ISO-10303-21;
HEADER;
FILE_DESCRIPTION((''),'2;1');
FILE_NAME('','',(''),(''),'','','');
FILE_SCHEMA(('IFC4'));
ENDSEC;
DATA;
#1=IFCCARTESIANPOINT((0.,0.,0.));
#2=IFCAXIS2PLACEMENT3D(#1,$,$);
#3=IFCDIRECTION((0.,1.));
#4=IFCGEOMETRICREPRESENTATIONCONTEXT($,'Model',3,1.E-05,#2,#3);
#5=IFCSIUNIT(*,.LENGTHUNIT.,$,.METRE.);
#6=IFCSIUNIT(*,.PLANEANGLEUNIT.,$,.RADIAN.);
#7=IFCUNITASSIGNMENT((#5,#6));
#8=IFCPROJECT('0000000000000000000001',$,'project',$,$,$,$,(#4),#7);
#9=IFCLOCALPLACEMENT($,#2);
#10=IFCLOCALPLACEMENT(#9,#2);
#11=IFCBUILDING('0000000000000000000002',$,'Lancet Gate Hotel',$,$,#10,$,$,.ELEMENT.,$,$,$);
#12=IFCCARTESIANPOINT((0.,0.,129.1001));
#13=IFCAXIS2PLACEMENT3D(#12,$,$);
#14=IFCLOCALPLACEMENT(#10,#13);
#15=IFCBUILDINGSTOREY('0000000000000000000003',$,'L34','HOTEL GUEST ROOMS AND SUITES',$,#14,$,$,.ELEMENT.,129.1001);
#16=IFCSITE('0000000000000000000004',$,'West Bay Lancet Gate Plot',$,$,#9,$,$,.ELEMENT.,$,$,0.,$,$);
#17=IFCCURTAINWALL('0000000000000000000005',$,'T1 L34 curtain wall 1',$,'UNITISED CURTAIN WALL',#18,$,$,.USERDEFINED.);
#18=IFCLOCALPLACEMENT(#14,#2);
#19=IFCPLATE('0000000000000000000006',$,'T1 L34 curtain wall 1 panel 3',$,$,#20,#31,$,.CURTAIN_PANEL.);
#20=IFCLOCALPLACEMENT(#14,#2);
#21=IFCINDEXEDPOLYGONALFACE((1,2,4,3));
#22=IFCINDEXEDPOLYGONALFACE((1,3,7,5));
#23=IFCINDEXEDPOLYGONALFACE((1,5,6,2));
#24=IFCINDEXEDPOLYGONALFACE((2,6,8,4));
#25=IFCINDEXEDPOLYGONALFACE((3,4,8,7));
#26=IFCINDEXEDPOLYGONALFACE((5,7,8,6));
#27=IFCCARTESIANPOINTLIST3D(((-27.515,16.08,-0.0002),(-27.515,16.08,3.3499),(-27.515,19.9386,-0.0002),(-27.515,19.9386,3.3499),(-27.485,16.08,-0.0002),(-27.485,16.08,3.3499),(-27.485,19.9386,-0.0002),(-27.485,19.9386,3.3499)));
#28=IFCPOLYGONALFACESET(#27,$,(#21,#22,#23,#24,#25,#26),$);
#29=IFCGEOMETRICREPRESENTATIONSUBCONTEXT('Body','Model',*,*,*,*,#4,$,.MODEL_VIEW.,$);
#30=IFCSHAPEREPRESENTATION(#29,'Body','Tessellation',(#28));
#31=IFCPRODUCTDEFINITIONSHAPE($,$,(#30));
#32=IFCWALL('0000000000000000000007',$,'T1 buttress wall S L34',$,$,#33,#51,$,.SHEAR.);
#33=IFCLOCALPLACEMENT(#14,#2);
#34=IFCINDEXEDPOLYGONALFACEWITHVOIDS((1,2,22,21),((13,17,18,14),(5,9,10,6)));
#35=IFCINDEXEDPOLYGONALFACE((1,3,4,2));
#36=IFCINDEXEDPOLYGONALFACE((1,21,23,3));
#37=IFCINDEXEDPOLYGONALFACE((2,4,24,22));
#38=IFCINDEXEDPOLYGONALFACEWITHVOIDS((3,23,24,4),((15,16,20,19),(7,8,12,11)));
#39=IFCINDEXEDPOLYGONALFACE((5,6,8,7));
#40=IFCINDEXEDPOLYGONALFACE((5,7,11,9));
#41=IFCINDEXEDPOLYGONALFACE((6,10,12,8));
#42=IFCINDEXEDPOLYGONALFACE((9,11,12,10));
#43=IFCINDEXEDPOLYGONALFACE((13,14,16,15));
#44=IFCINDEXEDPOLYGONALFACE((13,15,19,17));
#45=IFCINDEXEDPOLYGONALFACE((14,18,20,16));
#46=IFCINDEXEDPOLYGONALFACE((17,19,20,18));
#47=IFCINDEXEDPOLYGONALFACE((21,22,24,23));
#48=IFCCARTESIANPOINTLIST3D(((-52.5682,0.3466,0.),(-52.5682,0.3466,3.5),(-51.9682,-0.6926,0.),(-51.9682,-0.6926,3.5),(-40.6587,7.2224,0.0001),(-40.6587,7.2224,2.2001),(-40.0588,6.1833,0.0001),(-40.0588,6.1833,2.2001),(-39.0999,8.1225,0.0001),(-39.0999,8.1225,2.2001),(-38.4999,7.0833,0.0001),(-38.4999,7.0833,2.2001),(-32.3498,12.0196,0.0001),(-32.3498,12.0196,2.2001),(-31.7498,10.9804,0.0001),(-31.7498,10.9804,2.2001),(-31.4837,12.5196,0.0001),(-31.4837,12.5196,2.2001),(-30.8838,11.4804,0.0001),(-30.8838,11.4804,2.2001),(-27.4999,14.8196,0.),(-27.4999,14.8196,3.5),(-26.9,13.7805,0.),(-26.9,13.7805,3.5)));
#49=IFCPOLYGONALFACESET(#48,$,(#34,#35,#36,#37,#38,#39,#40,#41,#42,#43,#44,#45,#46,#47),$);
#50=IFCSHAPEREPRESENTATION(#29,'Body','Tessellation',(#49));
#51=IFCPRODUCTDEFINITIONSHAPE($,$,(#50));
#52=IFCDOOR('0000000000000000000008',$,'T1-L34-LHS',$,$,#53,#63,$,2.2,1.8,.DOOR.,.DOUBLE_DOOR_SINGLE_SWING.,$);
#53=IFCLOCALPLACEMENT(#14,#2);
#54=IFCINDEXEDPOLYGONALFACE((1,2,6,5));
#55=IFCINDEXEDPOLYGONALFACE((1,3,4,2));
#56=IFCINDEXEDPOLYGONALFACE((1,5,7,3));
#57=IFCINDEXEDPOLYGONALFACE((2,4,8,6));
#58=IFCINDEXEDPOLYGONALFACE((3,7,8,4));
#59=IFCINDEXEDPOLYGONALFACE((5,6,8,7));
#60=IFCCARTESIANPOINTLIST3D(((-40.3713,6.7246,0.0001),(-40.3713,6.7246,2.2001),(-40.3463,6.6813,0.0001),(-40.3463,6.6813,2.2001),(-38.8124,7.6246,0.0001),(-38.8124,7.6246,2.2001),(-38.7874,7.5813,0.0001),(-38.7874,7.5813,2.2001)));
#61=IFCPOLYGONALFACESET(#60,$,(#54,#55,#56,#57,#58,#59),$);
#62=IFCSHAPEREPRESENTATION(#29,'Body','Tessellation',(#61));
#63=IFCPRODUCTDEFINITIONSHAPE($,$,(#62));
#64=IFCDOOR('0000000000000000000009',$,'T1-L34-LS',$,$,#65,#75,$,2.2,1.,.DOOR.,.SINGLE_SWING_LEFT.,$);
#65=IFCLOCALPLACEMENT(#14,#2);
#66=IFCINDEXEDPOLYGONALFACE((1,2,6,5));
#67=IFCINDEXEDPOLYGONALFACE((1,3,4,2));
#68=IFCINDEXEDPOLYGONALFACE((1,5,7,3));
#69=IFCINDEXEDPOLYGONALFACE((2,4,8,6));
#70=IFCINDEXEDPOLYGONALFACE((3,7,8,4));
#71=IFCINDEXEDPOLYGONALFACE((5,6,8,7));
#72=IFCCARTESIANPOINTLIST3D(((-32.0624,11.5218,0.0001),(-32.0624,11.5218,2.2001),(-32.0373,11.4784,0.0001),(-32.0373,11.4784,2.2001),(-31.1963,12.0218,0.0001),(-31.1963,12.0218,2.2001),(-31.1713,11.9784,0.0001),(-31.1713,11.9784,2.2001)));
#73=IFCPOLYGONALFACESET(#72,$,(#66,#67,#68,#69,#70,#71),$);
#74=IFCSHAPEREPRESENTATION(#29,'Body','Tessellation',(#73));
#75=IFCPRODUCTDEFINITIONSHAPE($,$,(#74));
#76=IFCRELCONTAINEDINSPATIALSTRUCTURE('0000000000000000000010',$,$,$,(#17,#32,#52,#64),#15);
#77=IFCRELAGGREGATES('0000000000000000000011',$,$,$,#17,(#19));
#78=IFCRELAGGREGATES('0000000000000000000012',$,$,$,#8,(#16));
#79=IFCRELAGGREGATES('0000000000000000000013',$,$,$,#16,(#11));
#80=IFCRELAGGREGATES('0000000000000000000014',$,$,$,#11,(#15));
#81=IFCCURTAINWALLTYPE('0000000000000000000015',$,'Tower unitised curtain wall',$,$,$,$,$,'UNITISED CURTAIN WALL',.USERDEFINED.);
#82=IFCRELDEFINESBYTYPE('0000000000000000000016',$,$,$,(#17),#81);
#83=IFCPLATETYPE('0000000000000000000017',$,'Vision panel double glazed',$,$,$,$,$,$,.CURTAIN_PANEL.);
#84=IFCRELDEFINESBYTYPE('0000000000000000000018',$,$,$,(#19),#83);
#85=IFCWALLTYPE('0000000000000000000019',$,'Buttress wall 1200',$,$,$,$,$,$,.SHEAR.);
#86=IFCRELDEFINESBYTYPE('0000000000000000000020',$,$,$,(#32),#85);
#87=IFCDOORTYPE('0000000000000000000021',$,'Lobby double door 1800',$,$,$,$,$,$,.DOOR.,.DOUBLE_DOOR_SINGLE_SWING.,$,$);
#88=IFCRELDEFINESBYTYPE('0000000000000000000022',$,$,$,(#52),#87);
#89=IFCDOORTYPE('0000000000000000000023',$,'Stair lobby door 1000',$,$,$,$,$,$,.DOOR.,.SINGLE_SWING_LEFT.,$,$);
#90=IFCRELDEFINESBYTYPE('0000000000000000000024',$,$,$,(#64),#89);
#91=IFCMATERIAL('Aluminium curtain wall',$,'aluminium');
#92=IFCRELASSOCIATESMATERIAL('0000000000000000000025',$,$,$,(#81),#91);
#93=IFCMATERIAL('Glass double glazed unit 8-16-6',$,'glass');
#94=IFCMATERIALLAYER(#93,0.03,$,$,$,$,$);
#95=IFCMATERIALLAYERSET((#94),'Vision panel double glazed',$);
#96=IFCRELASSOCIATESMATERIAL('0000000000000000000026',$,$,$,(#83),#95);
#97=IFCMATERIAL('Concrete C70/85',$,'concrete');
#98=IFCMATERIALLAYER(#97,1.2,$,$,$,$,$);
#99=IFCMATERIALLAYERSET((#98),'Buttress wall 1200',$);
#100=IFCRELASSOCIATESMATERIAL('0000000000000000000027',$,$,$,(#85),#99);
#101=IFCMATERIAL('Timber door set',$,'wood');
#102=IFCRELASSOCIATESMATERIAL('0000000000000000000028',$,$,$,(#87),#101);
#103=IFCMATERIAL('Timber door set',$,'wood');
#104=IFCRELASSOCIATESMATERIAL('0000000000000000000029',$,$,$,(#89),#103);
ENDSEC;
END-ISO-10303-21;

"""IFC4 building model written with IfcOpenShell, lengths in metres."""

from ifc_helpers import new_model, si_unit, direction, frame, frame_2d, origin, origin_2d, place, context, subcontext, project, spatial, rectangle, extrude, material, layer, layer_set, type_object, element, fill, aggregate, save


model = new_model("IFC4")

# Units and contexts
model_context = context("Model", 3, precision=1e-05, world=origin(), true_north=direction((0.0, 1.0)))
body_context = subcontext(model_context, "Body", "Model", "MODEL_VIEW")
ifc_project = project(units=[si_unit("LENGTHUNIT", "METRE"), si_unit("PLANEANGLEUNIT", "RADIAN")], contexts=[model_context])

# Site, building, storey
site_placement = place(None, origin())
site = spatial("IfcSite", under=ifc_project, at=site_placement, Name="West Bay Lancet Gate Plot", CompositionType="ELEMENT", RefElevation=0.0)
building_placement = place(site_placement, origin())
building = spatial("IfcBuilding", under=site, at=building_placement, Name="Lancet Gate Hotel", CompositionType="ELEMENT")
storey_placement = place(building_placement, frame((0.0, 0.0, 129.1001)))
storey = spatial("IfcBuildingStorey", under=building, at=storey_placement, Name="L34", Description="HOTEL GUEST ROOMS AND SUITES", CompositionType="ELEMENT", Elevation=129.1001)

# Curtain wall
ifc_material_1 = material(Name="Aluminium curtain wall", Category="aluminium")
curtain_wall_type = type_object("IfcCurtainWallType", Name="Tower unitised curtain wall", ElementType="UNITISED CURTAIN WALL", PredefinedType="USERDEFINED", material=ifc_material_1)
curtain_wall_placement = place(storey_placement, origin())
curtain_wall = element("IfcCurtainWall", 1, at=curtain_wall_placement, inside=storey, type_object=curtain_wall_type, Name="T1 L34 curtain wall 1", ObjectType="UNITISED CURTAIN WALL", PredefinedType="USERDEFINED")

# Plate
ifc_material_2 = material(Name="Glass double glazed unit 8-16-6", Category="glass")
ifc_layer_1 = layer(ifc_material_2, 0.03)
ifc_layer_set_1 = layer_set([ifc_layer_1], Name="Vision panel double glazed")
plate_type = type_object("IfcPlateType", Name="Vision panel double glazed", PredefinedType="CURTAIN_PANEL", material=ifc_layer_set_1)
plate_1_placement = place(storey_placement, frame((-27.5, 18.0093, -0.0002), z_axis=(0.0, 0.0, 1.0), x_axis=(0.0, 1.0, 0.0)))
plate_1 = element("IfcPlate", 2, at=plate_1_placement, type_object=plate_type, Name="T1 L34 curtain wall 1 panel 3", PredefinedType="CURTAIN_PANEL", context=body_context, shape_type="SweptSolid", body=[
    extrude(rectangle(XDim=3.8586, YDim=0.03, at=origin_2d()), origin(), (0.0, 0.0, 1.0), 3.3501),
])
aggregate(curtain_wall, [plate_1])

# Wall, openings, doors
ifc_material_3 = material(Name="Concrete C70/85", Category="concrete")
ifc_layer_2 = layer(ifc_material_3, 1.2)
ifc_layer_set_2 = layer_set([ifc_layer_2], Name="Buttress wall 1200")
wall_type = type_object("IfcWallType", Name="Buttress wall 1200", PredefinedType="SHEAR", material=ifc_layer_set_2)
wall_placement = place(storey_placement, frame((-27.2, 14.3, 0.0), z_axis=(0.0, 0.0, 1.0), x_axis=(-0.866027, -0.499998, 0.0)))
wall = element("IfcWall", 3, at=wall_placement, inside=storey, type_object=wall_type, Name="T1 buttress wall S L34", PredefinedType="SHEAR", context=body_context, shape_type="SweptSolid", body=[
    extrude(rectangle(XDim=28.9463, YDim=1.2, at=frame_2d((14.4731, 0.0))), origin(), (0.0, 0.0, 1.0), 3.5),
])
opening_1_placement = place(wall_placement, frame((4.6001, 0.0, 0.0)))
opening_1 = element("IfcOpeningElement", 4, at=opening_1_placement, cuts=wall, PredefinedType="OPENING", context=body_context, shape_type="SweptSolid", body=[
    extrude(rectangle(XDim=1.0, YDim=2.2, at=frame_2d((0.5, 1.1001))), frame((0.0, 0.6099, 0.0), z_axis=(0.0, -1.0, 0.0), x_axis=(1.0, 0.0, 0.0)), (0.0, 0.0, 1.0), 1.22),
])
opening_2_placement = place(wall_placement, frame((13.3945, 0.0, 0.0)))
opening_2 = element("IfcOpeningElement", 5, at=opening_2_placement, cuts=wall, PredefinedType="OPENING", context=body_context, shape_type="SweptSolid", body=[
    extrude(rectangle(XDim=1.8, YDim=2.2, at=frame_2d((0.8999, 1.1001))), frame((0.0, 0.6099, 0.0), z_axis=(0.0, -1.0, 0.0), x_axis=(1.0, 0.0, 0.0)), (0.0, 0.0, 1.0), 1.22),
])
ifc_material_4 = material(Name="Timber door set", Category="wood")
door_type_1 = type_object("IfcDoorType", Name="Lobby double door 1800", OperationType="DOUBLE_DOOR_SINGLE_SWING", PredefinedType="DOOR", material=ifc_material_4)
door_1_placement = place(opening_2_placement, origin())
door_1 = element("IfcDoor", 6, at=door_1_placement, inside=storey, type_object=door_type_1, Name="T1-L34-LHS", OperationType="DOUBLE_DOOR_SINGLE_SWING", OverallHeight=2.2, OverallWidth=1.8, PredefinedType="DOOR", context=body_context, shape_type="SweptSolid", body=[
    extrude(rectangle(XDim=1.8, YDim=2.2, at=frame_2d((0.8999, 1.1001))), frame((0.0, 0.0249, 0.0), z_axis=(0.0, -1.0, 0.0), x_axis=(1.0, 0.0, 0.0)), (0.0, 0.0, 1.0), 0.05),
])
fill(opening_2, door_1)
ifc_material_5 = material(Name="Timber door set", Category="wood")
door_type_2 = type_object("IfcDoorType", Name="Stair lobby door 1000", OperationType="SINGLE_SWING_LEFT", PredefinedType="DOOR", material=ifc_material_5)
door_2_placement = place(opening_1_placement, origin())
door_2 = element("IfcDoor", 7, at=door_2_placement, inside=storey, type_object=door_type_2, Name="T1-L34-LS", OperationType="SINGLE_SWING_LEFT", OverallHeight=2.2, OverallWidth=1.0, PredefinedType="DOOR", context=body_context, shape_type="SweptSolid", body=[
    extrude(rectangle(XDim=1.0, YDim=2.2, at=frame_2d((0.5, 1.1001))), frame((0.0, 0.0249, 0.0), z_axis=(0.0, -1.0, 0.0), x_axis=(1.0, 0.0, 0.0)), (0.0, 0.0, 1.0), 0.05),
])
fill(opening_1, door_2)

save(model, "model.ifc")
